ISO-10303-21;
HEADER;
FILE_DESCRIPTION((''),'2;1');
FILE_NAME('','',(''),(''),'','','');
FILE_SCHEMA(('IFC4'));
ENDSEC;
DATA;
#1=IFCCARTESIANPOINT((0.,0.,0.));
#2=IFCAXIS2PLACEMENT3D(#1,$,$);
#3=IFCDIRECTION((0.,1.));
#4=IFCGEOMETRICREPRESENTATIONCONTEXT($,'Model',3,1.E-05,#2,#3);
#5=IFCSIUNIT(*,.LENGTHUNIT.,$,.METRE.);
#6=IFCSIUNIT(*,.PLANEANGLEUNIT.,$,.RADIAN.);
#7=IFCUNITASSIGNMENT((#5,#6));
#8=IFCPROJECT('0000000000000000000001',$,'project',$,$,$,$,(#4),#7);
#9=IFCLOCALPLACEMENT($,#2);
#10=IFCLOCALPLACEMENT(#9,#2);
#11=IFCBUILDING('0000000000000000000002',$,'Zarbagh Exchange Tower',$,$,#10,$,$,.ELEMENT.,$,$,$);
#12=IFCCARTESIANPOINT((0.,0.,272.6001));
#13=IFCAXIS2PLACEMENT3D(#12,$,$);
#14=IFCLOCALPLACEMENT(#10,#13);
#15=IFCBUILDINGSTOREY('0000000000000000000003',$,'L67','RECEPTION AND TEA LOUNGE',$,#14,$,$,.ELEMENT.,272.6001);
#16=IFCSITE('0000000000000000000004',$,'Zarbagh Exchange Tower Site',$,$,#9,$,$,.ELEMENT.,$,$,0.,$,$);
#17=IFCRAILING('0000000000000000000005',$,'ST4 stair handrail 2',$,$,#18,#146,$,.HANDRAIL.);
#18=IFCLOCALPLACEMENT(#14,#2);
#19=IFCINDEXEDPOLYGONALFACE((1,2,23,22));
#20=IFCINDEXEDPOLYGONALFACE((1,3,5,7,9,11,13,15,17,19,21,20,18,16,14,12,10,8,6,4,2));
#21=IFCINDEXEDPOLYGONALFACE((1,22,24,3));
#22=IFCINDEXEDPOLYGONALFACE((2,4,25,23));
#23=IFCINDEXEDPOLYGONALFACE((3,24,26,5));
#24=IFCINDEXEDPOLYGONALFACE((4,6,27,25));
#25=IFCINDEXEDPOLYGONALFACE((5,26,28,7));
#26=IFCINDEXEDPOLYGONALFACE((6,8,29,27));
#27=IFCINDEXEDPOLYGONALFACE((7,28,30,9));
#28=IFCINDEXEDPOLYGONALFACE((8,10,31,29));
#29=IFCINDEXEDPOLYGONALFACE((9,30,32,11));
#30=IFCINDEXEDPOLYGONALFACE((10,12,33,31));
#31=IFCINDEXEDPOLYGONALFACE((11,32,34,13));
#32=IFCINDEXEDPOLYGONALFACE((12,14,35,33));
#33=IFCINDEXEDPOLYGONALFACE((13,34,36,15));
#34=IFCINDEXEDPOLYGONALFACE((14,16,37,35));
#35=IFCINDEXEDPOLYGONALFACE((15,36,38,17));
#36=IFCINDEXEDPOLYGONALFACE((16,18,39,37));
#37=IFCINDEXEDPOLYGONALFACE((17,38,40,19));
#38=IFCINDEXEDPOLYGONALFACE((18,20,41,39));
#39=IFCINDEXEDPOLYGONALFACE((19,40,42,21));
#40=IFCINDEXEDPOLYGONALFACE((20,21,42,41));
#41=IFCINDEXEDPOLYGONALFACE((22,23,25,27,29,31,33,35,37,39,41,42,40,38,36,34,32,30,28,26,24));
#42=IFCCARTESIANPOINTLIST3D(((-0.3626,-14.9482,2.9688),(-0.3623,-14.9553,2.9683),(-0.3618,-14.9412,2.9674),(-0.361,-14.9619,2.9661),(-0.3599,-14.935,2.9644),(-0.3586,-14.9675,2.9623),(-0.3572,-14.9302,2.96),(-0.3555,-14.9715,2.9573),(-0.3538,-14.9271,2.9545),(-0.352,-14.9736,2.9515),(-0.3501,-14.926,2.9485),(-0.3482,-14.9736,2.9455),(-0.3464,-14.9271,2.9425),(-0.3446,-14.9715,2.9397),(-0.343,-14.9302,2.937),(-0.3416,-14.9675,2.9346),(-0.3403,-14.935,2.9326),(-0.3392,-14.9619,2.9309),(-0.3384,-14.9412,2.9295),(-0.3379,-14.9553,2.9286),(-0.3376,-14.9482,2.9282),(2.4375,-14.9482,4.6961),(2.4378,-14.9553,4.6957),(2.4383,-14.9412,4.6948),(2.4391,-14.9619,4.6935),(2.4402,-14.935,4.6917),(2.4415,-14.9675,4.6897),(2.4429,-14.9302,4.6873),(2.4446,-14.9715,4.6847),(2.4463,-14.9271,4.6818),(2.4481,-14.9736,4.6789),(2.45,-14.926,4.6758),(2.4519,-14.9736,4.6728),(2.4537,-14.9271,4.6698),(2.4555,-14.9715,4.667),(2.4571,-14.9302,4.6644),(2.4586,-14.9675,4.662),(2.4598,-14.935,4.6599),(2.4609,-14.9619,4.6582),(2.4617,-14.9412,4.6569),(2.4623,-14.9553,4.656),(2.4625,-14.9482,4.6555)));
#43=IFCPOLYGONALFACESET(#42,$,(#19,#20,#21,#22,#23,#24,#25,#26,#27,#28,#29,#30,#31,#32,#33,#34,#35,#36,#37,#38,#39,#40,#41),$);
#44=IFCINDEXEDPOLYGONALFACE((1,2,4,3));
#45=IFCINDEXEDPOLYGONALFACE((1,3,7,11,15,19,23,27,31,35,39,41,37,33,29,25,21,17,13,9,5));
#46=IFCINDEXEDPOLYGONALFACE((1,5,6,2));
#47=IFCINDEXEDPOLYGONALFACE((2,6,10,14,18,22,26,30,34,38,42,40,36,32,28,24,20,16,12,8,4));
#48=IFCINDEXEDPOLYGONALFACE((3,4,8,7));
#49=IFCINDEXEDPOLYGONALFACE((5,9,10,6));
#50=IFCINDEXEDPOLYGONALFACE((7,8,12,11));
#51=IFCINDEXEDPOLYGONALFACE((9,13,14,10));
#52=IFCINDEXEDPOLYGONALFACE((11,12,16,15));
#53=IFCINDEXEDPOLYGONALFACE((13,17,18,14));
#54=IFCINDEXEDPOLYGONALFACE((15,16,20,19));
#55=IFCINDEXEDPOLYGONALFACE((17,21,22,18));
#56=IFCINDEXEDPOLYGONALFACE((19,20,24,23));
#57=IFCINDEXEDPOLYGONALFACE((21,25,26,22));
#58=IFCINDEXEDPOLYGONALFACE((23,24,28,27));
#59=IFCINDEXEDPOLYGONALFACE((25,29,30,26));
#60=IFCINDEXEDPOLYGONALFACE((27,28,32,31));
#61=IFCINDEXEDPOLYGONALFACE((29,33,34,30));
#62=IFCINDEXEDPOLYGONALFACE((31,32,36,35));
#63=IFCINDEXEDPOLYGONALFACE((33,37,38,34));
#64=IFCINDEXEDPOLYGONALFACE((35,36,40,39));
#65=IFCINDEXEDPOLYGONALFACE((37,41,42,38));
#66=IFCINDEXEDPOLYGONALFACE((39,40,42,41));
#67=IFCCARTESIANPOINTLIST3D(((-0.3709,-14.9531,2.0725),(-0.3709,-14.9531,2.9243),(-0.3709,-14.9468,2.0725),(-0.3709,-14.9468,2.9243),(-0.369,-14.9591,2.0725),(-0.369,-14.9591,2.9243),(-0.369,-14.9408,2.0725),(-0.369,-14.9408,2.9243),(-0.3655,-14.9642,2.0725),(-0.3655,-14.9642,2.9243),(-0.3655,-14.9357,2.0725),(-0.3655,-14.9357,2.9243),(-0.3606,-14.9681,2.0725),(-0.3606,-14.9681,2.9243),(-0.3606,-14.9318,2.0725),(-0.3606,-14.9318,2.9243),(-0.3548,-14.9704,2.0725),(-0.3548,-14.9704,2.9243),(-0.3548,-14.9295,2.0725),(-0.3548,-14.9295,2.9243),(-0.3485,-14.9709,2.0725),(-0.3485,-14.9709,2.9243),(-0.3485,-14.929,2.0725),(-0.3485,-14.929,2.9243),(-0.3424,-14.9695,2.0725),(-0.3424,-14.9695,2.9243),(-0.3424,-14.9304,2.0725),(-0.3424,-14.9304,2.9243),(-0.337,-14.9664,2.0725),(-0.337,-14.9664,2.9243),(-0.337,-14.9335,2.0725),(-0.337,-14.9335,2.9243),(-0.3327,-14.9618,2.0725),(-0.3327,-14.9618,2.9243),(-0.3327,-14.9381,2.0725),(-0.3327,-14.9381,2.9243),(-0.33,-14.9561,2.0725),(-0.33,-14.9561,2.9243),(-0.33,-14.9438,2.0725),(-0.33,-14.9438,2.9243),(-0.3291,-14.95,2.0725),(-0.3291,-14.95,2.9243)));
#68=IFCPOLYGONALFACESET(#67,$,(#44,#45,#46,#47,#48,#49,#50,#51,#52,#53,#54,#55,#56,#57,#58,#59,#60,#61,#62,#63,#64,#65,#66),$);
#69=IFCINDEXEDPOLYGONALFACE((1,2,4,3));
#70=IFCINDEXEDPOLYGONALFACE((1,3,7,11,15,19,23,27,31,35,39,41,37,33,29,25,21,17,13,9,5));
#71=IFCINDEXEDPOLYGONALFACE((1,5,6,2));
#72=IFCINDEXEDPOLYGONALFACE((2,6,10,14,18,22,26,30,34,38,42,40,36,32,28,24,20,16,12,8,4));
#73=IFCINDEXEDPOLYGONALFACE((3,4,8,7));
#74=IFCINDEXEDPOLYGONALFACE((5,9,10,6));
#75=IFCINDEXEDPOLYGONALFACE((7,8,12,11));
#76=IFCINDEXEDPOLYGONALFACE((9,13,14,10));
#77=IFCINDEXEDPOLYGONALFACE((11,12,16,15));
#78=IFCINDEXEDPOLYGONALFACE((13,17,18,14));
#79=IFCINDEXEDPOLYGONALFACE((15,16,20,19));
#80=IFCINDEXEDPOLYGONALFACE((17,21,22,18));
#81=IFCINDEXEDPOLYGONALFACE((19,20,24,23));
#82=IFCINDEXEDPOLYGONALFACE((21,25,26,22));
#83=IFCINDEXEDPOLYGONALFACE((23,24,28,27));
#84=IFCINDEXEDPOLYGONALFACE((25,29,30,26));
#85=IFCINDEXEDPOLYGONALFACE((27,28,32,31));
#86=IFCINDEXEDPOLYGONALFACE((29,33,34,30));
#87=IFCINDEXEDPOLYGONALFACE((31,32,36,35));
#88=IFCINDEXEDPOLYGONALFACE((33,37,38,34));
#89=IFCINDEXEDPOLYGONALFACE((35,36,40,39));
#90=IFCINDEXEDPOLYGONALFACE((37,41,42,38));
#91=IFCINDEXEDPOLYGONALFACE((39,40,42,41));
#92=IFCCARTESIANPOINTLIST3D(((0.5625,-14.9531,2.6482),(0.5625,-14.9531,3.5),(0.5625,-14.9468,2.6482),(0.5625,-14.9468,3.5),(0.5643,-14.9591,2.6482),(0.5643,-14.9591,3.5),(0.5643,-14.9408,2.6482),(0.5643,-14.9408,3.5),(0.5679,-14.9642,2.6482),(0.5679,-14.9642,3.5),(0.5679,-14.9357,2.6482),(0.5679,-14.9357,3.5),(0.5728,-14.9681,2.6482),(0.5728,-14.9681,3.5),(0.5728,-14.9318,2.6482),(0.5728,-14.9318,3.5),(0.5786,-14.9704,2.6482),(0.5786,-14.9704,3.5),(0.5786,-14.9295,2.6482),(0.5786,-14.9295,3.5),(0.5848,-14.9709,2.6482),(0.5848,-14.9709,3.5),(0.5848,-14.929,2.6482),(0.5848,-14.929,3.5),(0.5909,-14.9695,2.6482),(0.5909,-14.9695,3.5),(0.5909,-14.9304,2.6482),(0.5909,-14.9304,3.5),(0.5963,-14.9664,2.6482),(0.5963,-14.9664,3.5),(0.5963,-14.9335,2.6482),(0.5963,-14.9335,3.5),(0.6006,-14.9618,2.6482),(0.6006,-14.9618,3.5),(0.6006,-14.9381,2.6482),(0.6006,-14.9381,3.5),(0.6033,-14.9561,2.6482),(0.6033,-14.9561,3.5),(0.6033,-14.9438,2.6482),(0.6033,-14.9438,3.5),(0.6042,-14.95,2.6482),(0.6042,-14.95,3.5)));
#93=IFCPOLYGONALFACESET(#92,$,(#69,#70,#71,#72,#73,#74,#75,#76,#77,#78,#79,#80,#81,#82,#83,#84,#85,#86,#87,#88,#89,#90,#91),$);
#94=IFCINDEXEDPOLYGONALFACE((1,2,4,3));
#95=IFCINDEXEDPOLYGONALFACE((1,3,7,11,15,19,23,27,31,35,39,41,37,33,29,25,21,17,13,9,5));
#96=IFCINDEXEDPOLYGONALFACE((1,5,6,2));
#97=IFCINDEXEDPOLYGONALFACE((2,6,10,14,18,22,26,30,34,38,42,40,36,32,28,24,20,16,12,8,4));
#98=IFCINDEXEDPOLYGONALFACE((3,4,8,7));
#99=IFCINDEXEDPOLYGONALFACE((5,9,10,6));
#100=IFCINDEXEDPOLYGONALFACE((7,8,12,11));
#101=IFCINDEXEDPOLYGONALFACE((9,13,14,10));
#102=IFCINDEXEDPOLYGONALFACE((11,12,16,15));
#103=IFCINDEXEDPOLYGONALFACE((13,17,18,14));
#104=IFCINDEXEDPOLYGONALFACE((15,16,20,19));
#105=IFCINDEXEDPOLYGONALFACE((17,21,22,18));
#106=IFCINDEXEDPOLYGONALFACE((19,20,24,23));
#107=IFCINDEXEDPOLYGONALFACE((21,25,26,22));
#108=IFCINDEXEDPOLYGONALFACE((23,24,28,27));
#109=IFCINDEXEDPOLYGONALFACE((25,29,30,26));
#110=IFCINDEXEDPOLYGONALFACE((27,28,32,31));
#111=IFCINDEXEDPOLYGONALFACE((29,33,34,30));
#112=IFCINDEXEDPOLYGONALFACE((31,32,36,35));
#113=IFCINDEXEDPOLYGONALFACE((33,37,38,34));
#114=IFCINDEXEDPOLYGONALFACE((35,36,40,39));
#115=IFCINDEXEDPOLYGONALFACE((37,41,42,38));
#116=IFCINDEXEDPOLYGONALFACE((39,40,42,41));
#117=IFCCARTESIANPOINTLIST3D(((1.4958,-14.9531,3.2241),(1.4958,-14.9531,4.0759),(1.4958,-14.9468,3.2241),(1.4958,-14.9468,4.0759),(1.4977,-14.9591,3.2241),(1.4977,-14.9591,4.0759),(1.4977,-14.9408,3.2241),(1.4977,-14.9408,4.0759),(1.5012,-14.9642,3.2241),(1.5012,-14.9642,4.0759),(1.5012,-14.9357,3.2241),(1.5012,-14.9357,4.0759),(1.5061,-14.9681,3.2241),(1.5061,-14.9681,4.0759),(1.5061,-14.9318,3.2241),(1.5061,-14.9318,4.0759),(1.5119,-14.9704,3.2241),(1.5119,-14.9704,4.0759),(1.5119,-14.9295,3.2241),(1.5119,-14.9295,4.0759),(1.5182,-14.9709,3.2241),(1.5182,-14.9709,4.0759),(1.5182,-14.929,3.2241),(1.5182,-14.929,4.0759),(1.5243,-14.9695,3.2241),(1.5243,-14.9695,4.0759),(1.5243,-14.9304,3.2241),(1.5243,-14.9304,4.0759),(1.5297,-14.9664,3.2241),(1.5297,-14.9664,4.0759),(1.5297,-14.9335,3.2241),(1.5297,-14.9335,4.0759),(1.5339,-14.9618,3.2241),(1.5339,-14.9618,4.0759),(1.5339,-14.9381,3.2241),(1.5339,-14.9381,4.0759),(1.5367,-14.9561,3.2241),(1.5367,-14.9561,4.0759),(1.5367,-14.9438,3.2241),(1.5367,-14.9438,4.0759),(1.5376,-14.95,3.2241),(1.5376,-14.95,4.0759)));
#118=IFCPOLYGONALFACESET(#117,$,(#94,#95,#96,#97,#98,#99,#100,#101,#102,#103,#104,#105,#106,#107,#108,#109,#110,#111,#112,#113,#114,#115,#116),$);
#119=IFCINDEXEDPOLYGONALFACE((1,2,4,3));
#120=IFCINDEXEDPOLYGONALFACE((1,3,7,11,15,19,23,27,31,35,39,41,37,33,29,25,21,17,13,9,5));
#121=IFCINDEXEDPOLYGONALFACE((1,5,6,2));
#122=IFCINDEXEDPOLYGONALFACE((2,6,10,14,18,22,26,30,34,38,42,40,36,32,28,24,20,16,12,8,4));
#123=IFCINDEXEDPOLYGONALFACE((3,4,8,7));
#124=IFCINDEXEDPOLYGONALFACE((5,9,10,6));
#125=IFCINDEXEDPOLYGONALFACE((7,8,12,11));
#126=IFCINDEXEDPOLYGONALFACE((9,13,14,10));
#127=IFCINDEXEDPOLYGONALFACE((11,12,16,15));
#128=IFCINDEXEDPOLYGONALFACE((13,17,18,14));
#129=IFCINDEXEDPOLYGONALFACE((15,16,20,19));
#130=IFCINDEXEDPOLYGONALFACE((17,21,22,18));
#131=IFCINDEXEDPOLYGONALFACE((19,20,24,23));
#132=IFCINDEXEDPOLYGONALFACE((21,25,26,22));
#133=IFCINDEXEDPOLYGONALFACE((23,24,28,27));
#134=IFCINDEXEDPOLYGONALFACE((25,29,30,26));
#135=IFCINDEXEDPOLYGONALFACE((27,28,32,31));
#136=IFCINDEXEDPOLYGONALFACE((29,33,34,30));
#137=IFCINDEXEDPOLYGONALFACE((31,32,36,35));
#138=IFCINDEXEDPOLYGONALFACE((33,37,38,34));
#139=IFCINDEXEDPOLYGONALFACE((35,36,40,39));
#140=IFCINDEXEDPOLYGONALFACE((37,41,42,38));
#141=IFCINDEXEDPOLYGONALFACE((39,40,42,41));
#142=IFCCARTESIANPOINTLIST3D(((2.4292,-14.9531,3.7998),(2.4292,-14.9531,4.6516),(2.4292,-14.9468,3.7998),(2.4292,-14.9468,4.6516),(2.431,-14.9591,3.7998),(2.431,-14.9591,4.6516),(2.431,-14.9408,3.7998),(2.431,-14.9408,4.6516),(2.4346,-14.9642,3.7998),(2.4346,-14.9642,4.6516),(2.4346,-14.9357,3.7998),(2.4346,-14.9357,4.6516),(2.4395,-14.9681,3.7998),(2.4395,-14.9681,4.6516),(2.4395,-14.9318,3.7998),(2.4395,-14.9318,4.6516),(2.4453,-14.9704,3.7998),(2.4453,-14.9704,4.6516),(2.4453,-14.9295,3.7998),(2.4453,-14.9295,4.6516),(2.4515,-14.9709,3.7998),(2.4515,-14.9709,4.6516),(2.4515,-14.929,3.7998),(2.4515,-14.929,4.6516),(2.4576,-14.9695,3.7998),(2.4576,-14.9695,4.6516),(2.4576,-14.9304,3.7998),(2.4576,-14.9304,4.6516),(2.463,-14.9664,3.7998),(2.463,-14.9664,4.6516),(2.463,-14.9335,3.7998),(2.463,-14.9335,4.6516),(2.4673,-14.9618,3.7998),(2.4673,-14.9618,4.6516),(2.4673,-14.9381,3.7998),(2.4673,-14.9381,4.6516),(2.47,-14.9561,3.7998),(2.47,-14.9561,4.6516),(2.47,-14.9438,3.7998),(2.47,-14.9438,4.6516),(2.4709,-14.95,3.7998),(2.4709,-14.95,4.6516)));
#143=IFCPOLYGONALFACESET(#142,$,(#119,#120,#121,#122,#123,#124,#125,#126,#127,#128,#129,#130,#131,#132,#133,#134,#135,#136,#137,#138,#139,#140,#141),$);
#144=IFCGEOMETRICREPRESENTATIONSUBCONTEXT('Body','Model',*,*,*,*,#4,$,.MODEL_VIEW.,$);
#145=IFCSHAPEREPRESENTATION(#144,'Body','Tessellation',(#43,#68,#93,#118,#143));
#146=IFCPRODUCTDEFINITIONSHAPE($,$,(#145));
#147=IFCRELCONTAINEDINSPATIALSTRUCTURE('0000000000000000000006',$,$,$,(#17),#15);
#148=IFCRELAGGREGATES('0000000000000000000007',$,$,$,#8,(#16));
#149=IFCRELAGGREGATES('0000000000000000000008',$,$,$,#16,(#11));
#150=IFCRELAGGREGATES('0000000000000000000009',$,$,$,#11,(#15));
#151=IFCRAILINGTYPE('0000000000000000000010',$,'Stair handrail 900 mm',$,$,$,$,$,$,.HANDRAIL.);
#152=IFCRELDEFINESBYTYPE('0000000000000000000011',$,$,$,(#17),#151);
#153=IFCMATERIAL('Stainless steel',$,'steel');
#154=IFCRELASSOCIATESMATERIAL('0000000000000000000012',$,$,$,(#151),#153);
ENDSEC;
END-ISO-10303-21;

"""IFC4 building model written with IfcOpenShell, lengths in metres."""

from ifc_helpers import new_model, si_unit, direction, frame, origin, origin_2d, place, context, subcontext, project, spatial, circle, extrude, material, type_object, element, save


model = new_model("IFC4")

# Units and contexts
model_context = context("Model", 3, precision=1e-05, world=origin(), true_north=direction((0.0, 1.0)))
body_context = subcontext(model_context, "Body", "Model", "MODEL_VIEW")
ifc_project = project(units=[si_unit("LENGTHUNIT", "METRE"), si_unit("PLANEANGLEUNIT", "RADIAN")], contexts=[model_context])

# Site, building, storey
site_placement = place(None, origin())
site = spatial("IfcSite", under=ifc_project, at=site_placement, Name="Zarbagh Exchange Tower Site", CompositionType="ELEMENT", RefElevation=0.0)
building_placement = place(site_placement, origin())
building = spatial("IfcBuilding", under=site, at=building_placement, Name="Zarbagh Exchange Tower", CompositionType="ELEMENT")
storey_placement = place(building_placement, frame((0.0, 0.0, 272.6001)))
storey = spatial("IfcBuildingStorey", under=building, at=storey_placement, Name="L67", Description="RECEPTION AND TEA LOUNGE", CompositionType="ELEMENT", Elevation=272.6001)

# Shared definitions
ifc_material_1 = material(Name="Stainless steel", Category="steel")

# Railing
railing_type_1 = type_object("IfcRailingType", Name="Stair handrail 900 mm", PredefinedType="HANDRAIL", material=ifc_material_1)
railing_1_placement = place(storey_placement, frame((-0.3501, -14.95, 2.0725)))
element("IfcRailing", 1, at=railing_1_placement, inside=storey, type_object=railing_type_1, Name="ST4 stair handrail 2", PredefinedType="HANDRAIL", context=body_context, shape_type="SweptSolid", body=[
    extrude(circle(Radius=0.0239, at=origin_2d()), frame((0.0, 0.0, 0.876), z_axis=(0.85109, 0.0, 0.52502), x_axis=(0.0, 1.0, 0.0)), (0.0, 0.0, 1.0), 3.29),
    extrude(circle(Radius=0.021, at=origin_2d()), origin(), (0.0, 0.0, 1.0), 0.8518),
    extrude(circle(Radius=0.021, at=origin_2d()), frame((0.9333, 0.0, 0.5757)), (0.0, 0.0, 1.0), 0.8518),
    extrude(circle(Radius=0.021, at=origin_2d()), frame((1.8667, 0.0, 1.1516)), (0.0, 0.0, 1.0), 0.8518),
    extrude(circle(Radius=0.021, at=origin_2d()), frame((2.8, 0.0, 1.7273)), (0.0, 0.0, 1.0), 0.8518),
])

save(model, "model.ifc")
